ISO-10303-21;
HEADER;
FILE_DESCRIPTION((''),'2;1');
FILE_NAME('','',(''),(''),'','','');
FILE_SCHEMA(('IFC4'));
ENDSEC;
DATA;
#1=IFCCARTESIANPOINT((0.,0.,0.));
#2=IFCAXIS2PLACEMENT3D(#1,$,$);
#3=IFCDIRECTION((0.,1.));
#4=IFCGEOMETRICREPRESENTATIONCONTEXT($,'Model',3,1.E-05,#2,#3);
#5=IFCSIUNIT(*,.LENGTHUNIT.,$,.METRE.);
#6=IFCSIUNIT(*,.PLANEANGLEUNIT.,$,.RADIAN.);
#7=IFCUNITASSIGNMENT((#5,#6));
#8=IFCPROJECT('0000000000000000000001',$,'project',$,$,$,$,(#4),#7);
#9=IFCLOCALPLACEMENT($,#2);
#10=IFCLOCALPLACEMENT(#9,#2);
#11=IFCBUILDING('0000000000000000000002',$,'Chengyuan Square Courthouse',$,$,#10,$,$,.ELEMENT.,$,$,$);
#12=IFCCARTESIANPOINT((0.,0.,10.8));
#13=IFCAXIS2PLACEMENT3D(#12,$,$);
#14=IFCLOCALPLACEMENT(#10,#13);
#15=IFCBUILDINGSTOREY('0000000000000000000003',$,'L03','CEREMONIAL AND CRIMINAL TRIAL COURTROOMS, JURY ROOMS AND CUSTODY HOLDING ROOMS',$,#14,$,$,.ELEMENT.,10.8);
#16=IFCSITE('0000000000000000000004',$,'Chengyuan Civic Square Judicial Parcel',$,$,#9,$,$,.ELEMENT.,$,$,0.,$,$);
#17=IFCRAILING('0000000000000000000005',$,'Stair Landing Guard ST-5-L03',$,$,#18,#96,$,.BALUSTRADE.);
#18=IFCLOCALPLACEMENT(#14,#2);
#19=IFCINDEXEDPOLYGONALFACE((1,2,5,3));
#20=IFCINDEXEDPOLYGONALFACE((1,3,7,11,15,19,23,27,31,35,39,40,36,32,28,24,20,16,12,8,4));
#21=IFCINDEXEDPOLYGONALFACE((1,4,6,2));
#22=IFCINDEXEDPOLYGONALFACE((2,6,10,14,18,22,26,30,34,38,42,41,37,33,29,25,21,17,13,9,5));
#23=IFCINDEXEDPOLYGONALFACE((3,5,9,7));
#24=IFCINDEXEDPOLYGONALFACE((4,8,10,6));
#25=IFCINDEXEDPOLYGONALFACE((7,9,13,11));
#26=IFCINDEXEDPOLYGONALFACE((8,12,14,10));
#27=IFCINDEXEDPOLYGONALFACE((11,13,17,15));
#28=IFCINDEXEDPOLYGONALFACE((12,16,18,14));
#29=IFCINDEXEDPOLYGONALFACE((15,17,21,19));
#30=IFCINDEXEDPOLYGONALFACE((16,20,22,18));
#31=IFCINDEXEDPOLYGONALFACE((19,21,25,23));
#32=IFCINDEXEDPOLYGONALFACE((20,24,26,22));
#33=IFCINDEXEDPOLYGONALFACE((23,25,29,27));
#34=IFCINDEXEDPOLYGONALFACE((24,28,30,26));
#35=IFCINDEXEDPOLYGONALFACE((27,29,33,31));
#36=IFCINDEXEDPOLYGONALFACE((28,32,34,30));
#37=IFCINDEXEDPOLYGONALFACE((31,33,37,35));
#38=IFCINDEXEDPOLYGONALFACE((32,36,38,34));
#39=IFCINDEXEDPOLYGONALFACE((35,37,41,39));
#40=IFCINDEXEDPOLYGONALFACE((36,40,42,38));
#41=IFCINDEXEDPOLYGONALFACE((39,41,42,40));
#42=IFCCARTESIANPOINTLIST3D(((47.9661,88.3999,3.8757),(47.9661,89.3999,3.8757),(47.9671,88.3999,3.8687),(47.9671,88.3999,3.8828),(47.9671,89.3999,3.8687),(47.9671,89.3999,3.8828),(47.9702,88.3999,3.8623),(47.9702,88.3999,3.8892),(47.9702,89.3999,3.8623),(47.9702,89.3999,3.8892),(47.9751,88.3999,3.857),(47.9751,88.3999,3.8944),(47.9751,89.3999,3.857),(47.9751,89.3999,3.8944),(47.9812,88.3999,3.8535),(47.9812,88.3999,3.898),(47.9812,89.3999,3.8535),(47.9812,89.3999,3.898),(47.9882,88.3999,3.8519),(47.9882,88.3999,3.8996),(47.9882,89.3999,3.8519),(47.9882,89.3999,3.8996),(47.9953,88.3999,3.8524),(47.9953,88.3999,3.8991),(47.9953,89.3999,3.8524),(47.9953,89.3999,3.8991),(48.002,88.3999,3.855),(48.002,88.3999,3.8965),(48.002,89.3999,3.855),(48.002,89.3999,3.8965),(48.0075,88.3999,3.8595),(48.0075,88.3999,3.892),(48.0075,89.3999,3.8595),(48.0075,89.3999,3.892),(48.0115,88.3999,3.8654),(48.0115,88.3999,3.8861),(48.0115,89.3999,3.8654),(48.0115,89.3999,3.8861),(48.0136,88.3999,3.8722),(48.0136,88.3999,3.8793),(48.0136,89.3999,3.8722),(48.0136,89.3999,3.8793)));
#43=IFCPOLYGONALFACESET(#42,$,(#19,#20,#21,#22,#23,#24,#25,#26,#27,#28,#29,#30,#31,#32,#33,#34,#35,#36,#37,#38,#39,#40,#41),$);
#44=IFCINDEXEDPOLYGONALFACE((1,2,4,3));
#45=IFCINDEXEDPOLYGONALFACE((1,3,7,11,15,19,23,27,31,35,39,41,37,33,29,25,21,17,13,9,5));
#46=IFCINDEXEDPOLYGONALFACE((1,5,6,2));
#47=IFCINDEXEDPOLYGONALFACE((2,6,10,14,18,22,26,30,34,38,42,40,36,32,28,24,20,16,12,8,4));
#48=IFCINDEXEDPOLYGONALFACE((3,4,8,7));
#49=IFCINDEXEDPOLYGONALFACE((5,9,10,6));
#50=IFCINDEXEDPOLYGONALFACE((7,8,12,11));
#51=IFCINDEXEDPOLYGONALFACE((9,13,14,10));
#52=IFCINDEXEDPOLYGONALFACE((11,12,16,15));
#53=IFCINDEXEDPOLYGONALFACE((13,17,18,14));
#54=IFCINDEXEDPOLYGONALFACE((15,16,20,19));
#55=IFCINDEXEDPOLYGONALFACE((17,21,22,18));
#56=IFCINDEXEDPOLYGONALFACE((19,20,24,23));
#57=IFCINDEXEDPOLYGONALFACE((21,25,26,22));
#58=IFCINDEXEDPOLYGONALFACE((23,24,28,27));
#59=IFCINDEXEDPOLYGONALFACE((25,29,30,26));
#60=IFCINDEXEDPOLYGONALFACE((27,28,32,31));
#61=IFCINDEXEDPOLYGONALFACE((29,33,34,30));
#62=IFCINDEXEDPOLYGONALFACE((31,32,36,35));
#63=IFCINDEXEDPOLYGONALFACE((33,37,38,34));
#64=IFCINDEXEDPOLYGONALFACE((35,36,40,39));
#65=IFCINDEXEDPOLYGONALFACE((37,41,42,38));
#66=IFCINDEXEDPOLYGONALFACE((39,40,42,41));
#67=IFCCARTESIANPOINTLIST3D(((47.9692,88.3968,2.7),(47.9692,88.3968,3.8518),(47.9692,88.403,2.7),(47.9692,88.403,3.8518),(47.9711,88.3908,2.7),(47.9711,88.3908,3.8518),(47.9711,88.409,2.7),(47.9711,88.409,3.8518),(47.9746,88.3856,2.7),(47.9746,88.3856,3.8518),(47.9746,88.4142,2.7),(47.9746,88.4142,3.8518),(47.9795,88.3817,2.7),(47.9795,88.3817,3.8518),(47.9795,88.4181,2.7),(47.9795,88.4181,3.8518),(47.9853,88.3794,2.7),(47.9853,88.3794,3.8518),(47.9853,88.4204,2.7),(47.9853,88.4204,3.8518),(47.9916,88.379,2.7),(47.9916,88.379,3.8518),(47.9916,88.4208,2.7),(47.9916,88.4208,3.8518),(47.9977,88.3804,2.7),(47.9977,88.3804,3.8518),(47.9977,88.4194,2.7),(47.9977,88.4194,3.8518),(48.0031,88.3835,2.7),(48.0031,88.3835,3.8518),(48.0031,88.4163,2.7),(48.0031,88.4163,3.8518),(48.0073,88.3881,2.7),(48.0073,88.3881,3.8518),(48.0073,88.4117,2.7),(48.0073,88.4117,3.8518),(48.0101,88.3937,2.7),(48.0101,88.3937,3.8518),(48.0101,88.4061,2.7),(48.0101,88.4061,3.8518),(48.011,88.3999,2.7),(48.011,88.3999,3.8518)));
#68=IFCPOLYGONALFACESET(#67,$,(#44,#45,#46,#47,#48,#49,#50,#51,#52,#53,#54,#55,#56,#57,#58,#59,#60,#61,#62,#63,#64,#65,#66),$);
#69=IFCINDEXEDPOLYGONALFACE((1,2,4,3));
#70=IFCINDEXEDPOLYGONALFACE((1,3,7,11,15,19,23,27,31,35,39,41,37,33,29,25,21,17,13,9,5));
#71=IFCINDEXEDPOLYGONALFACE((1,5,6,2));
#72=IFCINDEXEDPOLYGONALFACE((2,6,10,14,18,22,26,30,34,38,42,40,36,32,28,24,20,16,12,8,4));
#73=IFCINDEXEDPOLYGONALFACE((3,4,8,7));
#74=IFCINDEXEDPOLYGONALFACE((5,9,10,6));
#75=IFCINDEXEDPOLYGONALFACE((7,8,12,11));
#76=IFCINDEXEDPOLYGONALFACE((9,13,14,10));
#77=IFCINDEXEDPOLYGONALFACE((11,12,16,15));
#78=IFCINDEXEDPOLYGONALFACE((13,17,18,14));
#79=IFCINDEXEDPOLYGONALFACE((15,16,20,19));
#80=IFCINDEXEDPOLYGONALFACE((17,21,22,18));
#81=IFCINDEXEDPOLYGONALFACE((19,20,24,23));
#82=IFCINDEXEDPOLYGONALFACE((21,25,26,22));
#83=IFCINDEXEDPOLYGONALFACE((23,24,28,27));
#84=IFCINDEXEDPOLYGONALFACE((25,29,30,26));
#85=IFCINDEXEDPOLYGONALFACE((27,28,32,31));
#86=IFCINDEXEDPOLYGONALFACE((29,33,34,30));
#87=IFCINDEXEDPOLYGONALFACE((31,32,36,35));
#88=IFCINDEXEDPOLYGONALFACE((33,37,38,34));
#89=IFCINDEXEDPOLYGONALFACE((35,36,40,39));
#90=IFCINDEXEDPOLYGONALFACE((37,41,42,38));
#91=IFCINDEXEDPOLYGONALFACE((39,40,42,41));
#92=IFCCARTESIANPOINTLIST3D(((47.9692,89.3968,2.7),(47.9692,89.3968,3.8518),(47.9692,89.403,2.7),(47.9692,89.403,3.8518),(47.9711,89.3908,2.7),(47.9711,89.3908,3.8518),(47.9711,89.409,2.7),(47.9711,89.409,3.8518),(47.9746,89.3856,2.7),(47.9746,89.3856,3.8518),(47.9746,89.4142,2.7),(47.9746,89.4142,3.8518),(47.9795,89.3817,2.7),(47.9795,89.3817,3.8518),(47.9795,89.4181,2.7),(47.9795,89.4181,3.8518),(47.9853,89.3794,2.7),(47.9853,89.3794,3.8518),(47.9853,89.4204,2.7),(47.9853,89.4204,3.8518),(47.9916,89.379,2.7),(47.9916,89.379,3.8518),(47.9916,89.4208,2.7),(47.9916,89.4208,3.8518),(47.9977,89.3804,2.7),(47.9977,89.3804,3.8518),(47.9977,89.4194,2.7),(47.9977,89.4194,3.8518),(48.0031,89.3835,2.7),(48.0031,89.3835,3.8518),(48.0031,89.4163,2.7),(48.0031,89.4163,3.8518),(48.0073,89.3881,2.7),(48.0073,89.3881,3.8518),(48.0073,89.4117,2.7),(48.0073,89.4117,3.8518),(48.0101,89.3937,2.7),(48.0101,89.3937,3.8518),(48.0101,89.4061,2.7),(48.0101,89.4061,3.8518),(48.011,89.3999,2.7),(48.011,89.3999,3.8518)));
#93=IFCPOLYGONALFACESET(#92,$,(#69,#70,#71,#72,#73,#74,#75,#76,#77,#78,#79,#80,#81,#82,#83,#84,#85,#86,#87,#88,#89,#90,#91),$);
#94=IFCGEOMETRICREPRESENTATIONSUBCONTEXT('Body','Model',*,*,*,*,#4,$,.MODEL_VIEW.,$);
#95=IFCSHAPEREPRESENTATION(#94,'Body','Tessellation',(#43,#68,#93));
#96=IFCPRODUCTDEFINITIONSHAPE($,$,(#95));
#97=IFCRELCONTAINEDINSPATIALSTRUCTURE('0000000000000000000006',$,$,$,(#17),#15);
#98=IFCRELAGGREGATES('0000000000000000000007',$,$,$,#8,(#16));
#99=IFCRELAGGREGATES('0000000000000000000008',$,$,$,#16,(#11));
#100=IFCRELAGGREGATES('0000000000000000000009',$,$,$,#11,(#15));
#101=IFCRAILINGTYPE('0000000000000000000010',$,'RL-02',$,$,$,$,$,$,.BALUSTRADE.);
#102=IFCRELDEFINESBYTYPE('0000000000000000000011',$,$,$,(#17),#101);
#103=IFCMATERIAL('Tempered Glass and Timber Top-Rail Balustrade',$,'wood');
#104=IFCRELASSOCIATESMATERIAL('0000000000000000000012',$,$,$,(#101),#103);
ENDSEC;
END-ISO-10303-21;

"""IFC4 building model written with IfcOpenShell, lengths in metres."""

from ifc_helpers import new_model, si_unit, direction, frame, origin, origin_2d, place, context, subcontext, project, spatial, circle, extrude, material, type_object, element, save


model = new_model("IFC4")

# Units and contexts
model_context = context("Model", 3, precision=1e-05, world=origin(), true_north=direction((0.0, 1.0)))
body_context = subcontext(model_context, "Body", "Model", "MODEL_VIEW")
ifc_project = project(units=[si_unit("LENGTHUNIT", "METRE"), si_unit("PLANEANGLEUNIT", "RADIAN")], contexts=[model_context])

# Site, building, storey
site_placement = place(None, origin())
site = spatial("IfcSite", under=ifc_project, at=site_placement, Name="Chengyuan Civic Square Judicial Parcel", CompositionType="ELEMENT", RefElevation=0.0)
building_placement = place(site_placement, origin())
building = spatial("IfcBuilding", under=site, at=building_placement, Name="Chengyuan Square Courthouse", CompositionType="ELEMENT")
storey_placement = place(building_placement, frame((0.0, 0.0, 10.8)))
storey = spatial("IfcBuildingStorey", under=building, at=storey_placement, Name="L03", Description="CEREMONIAL AND CRIMINAL TRIAL COURTROOMS, JURY ROOMS AND CUSTODY HOLDING ROOMS", CompositionType="ELEMENT", Elevation=10.8)

# Railing
ifc_material_1 = material(Name="Tempered Glass and Timber Top-Rail Balustrade", Category="wood")
railing_type_1 = type_object("IfcRailingType", Name="RL-02", PredefinedType="BALUSTRADE", material=ifc_material_1)
for number, where, name in (
    (1, (47.99, 88.3999, 2.7), "Stair Landing Guard ST-5-L03"),
):
    element("IfcRailing", number, at=place(storey_placement, frame(where)), inside=storey, type_object=railing_type_1, Name=name, PredefinedType="BALUSTRADE", context=body_context, shape_type="SweptSolid", body=[
        extrude(circle(Radius=0.0239, at=origin_2d()), frame((0.0, 0.0, 1.1758), z_axis=(0.0, 1.0, 0.0), x_axis=(-1.0, 0.0, 0.0)), (0.0, 0.0, 1.0), 1.0),
        extrude(circle(Radius=0.021, at=origin_2d()), origin(), (0.0, 0.0, 1.0), 1.1519),
        extrude(circle(Radius=0.021, at=origin_2d()), frame((0.0, 1.0, 0.0)), (0.0, 0.0, 1.0), 1.1519),
    ])

save(model, "model.ifc")
